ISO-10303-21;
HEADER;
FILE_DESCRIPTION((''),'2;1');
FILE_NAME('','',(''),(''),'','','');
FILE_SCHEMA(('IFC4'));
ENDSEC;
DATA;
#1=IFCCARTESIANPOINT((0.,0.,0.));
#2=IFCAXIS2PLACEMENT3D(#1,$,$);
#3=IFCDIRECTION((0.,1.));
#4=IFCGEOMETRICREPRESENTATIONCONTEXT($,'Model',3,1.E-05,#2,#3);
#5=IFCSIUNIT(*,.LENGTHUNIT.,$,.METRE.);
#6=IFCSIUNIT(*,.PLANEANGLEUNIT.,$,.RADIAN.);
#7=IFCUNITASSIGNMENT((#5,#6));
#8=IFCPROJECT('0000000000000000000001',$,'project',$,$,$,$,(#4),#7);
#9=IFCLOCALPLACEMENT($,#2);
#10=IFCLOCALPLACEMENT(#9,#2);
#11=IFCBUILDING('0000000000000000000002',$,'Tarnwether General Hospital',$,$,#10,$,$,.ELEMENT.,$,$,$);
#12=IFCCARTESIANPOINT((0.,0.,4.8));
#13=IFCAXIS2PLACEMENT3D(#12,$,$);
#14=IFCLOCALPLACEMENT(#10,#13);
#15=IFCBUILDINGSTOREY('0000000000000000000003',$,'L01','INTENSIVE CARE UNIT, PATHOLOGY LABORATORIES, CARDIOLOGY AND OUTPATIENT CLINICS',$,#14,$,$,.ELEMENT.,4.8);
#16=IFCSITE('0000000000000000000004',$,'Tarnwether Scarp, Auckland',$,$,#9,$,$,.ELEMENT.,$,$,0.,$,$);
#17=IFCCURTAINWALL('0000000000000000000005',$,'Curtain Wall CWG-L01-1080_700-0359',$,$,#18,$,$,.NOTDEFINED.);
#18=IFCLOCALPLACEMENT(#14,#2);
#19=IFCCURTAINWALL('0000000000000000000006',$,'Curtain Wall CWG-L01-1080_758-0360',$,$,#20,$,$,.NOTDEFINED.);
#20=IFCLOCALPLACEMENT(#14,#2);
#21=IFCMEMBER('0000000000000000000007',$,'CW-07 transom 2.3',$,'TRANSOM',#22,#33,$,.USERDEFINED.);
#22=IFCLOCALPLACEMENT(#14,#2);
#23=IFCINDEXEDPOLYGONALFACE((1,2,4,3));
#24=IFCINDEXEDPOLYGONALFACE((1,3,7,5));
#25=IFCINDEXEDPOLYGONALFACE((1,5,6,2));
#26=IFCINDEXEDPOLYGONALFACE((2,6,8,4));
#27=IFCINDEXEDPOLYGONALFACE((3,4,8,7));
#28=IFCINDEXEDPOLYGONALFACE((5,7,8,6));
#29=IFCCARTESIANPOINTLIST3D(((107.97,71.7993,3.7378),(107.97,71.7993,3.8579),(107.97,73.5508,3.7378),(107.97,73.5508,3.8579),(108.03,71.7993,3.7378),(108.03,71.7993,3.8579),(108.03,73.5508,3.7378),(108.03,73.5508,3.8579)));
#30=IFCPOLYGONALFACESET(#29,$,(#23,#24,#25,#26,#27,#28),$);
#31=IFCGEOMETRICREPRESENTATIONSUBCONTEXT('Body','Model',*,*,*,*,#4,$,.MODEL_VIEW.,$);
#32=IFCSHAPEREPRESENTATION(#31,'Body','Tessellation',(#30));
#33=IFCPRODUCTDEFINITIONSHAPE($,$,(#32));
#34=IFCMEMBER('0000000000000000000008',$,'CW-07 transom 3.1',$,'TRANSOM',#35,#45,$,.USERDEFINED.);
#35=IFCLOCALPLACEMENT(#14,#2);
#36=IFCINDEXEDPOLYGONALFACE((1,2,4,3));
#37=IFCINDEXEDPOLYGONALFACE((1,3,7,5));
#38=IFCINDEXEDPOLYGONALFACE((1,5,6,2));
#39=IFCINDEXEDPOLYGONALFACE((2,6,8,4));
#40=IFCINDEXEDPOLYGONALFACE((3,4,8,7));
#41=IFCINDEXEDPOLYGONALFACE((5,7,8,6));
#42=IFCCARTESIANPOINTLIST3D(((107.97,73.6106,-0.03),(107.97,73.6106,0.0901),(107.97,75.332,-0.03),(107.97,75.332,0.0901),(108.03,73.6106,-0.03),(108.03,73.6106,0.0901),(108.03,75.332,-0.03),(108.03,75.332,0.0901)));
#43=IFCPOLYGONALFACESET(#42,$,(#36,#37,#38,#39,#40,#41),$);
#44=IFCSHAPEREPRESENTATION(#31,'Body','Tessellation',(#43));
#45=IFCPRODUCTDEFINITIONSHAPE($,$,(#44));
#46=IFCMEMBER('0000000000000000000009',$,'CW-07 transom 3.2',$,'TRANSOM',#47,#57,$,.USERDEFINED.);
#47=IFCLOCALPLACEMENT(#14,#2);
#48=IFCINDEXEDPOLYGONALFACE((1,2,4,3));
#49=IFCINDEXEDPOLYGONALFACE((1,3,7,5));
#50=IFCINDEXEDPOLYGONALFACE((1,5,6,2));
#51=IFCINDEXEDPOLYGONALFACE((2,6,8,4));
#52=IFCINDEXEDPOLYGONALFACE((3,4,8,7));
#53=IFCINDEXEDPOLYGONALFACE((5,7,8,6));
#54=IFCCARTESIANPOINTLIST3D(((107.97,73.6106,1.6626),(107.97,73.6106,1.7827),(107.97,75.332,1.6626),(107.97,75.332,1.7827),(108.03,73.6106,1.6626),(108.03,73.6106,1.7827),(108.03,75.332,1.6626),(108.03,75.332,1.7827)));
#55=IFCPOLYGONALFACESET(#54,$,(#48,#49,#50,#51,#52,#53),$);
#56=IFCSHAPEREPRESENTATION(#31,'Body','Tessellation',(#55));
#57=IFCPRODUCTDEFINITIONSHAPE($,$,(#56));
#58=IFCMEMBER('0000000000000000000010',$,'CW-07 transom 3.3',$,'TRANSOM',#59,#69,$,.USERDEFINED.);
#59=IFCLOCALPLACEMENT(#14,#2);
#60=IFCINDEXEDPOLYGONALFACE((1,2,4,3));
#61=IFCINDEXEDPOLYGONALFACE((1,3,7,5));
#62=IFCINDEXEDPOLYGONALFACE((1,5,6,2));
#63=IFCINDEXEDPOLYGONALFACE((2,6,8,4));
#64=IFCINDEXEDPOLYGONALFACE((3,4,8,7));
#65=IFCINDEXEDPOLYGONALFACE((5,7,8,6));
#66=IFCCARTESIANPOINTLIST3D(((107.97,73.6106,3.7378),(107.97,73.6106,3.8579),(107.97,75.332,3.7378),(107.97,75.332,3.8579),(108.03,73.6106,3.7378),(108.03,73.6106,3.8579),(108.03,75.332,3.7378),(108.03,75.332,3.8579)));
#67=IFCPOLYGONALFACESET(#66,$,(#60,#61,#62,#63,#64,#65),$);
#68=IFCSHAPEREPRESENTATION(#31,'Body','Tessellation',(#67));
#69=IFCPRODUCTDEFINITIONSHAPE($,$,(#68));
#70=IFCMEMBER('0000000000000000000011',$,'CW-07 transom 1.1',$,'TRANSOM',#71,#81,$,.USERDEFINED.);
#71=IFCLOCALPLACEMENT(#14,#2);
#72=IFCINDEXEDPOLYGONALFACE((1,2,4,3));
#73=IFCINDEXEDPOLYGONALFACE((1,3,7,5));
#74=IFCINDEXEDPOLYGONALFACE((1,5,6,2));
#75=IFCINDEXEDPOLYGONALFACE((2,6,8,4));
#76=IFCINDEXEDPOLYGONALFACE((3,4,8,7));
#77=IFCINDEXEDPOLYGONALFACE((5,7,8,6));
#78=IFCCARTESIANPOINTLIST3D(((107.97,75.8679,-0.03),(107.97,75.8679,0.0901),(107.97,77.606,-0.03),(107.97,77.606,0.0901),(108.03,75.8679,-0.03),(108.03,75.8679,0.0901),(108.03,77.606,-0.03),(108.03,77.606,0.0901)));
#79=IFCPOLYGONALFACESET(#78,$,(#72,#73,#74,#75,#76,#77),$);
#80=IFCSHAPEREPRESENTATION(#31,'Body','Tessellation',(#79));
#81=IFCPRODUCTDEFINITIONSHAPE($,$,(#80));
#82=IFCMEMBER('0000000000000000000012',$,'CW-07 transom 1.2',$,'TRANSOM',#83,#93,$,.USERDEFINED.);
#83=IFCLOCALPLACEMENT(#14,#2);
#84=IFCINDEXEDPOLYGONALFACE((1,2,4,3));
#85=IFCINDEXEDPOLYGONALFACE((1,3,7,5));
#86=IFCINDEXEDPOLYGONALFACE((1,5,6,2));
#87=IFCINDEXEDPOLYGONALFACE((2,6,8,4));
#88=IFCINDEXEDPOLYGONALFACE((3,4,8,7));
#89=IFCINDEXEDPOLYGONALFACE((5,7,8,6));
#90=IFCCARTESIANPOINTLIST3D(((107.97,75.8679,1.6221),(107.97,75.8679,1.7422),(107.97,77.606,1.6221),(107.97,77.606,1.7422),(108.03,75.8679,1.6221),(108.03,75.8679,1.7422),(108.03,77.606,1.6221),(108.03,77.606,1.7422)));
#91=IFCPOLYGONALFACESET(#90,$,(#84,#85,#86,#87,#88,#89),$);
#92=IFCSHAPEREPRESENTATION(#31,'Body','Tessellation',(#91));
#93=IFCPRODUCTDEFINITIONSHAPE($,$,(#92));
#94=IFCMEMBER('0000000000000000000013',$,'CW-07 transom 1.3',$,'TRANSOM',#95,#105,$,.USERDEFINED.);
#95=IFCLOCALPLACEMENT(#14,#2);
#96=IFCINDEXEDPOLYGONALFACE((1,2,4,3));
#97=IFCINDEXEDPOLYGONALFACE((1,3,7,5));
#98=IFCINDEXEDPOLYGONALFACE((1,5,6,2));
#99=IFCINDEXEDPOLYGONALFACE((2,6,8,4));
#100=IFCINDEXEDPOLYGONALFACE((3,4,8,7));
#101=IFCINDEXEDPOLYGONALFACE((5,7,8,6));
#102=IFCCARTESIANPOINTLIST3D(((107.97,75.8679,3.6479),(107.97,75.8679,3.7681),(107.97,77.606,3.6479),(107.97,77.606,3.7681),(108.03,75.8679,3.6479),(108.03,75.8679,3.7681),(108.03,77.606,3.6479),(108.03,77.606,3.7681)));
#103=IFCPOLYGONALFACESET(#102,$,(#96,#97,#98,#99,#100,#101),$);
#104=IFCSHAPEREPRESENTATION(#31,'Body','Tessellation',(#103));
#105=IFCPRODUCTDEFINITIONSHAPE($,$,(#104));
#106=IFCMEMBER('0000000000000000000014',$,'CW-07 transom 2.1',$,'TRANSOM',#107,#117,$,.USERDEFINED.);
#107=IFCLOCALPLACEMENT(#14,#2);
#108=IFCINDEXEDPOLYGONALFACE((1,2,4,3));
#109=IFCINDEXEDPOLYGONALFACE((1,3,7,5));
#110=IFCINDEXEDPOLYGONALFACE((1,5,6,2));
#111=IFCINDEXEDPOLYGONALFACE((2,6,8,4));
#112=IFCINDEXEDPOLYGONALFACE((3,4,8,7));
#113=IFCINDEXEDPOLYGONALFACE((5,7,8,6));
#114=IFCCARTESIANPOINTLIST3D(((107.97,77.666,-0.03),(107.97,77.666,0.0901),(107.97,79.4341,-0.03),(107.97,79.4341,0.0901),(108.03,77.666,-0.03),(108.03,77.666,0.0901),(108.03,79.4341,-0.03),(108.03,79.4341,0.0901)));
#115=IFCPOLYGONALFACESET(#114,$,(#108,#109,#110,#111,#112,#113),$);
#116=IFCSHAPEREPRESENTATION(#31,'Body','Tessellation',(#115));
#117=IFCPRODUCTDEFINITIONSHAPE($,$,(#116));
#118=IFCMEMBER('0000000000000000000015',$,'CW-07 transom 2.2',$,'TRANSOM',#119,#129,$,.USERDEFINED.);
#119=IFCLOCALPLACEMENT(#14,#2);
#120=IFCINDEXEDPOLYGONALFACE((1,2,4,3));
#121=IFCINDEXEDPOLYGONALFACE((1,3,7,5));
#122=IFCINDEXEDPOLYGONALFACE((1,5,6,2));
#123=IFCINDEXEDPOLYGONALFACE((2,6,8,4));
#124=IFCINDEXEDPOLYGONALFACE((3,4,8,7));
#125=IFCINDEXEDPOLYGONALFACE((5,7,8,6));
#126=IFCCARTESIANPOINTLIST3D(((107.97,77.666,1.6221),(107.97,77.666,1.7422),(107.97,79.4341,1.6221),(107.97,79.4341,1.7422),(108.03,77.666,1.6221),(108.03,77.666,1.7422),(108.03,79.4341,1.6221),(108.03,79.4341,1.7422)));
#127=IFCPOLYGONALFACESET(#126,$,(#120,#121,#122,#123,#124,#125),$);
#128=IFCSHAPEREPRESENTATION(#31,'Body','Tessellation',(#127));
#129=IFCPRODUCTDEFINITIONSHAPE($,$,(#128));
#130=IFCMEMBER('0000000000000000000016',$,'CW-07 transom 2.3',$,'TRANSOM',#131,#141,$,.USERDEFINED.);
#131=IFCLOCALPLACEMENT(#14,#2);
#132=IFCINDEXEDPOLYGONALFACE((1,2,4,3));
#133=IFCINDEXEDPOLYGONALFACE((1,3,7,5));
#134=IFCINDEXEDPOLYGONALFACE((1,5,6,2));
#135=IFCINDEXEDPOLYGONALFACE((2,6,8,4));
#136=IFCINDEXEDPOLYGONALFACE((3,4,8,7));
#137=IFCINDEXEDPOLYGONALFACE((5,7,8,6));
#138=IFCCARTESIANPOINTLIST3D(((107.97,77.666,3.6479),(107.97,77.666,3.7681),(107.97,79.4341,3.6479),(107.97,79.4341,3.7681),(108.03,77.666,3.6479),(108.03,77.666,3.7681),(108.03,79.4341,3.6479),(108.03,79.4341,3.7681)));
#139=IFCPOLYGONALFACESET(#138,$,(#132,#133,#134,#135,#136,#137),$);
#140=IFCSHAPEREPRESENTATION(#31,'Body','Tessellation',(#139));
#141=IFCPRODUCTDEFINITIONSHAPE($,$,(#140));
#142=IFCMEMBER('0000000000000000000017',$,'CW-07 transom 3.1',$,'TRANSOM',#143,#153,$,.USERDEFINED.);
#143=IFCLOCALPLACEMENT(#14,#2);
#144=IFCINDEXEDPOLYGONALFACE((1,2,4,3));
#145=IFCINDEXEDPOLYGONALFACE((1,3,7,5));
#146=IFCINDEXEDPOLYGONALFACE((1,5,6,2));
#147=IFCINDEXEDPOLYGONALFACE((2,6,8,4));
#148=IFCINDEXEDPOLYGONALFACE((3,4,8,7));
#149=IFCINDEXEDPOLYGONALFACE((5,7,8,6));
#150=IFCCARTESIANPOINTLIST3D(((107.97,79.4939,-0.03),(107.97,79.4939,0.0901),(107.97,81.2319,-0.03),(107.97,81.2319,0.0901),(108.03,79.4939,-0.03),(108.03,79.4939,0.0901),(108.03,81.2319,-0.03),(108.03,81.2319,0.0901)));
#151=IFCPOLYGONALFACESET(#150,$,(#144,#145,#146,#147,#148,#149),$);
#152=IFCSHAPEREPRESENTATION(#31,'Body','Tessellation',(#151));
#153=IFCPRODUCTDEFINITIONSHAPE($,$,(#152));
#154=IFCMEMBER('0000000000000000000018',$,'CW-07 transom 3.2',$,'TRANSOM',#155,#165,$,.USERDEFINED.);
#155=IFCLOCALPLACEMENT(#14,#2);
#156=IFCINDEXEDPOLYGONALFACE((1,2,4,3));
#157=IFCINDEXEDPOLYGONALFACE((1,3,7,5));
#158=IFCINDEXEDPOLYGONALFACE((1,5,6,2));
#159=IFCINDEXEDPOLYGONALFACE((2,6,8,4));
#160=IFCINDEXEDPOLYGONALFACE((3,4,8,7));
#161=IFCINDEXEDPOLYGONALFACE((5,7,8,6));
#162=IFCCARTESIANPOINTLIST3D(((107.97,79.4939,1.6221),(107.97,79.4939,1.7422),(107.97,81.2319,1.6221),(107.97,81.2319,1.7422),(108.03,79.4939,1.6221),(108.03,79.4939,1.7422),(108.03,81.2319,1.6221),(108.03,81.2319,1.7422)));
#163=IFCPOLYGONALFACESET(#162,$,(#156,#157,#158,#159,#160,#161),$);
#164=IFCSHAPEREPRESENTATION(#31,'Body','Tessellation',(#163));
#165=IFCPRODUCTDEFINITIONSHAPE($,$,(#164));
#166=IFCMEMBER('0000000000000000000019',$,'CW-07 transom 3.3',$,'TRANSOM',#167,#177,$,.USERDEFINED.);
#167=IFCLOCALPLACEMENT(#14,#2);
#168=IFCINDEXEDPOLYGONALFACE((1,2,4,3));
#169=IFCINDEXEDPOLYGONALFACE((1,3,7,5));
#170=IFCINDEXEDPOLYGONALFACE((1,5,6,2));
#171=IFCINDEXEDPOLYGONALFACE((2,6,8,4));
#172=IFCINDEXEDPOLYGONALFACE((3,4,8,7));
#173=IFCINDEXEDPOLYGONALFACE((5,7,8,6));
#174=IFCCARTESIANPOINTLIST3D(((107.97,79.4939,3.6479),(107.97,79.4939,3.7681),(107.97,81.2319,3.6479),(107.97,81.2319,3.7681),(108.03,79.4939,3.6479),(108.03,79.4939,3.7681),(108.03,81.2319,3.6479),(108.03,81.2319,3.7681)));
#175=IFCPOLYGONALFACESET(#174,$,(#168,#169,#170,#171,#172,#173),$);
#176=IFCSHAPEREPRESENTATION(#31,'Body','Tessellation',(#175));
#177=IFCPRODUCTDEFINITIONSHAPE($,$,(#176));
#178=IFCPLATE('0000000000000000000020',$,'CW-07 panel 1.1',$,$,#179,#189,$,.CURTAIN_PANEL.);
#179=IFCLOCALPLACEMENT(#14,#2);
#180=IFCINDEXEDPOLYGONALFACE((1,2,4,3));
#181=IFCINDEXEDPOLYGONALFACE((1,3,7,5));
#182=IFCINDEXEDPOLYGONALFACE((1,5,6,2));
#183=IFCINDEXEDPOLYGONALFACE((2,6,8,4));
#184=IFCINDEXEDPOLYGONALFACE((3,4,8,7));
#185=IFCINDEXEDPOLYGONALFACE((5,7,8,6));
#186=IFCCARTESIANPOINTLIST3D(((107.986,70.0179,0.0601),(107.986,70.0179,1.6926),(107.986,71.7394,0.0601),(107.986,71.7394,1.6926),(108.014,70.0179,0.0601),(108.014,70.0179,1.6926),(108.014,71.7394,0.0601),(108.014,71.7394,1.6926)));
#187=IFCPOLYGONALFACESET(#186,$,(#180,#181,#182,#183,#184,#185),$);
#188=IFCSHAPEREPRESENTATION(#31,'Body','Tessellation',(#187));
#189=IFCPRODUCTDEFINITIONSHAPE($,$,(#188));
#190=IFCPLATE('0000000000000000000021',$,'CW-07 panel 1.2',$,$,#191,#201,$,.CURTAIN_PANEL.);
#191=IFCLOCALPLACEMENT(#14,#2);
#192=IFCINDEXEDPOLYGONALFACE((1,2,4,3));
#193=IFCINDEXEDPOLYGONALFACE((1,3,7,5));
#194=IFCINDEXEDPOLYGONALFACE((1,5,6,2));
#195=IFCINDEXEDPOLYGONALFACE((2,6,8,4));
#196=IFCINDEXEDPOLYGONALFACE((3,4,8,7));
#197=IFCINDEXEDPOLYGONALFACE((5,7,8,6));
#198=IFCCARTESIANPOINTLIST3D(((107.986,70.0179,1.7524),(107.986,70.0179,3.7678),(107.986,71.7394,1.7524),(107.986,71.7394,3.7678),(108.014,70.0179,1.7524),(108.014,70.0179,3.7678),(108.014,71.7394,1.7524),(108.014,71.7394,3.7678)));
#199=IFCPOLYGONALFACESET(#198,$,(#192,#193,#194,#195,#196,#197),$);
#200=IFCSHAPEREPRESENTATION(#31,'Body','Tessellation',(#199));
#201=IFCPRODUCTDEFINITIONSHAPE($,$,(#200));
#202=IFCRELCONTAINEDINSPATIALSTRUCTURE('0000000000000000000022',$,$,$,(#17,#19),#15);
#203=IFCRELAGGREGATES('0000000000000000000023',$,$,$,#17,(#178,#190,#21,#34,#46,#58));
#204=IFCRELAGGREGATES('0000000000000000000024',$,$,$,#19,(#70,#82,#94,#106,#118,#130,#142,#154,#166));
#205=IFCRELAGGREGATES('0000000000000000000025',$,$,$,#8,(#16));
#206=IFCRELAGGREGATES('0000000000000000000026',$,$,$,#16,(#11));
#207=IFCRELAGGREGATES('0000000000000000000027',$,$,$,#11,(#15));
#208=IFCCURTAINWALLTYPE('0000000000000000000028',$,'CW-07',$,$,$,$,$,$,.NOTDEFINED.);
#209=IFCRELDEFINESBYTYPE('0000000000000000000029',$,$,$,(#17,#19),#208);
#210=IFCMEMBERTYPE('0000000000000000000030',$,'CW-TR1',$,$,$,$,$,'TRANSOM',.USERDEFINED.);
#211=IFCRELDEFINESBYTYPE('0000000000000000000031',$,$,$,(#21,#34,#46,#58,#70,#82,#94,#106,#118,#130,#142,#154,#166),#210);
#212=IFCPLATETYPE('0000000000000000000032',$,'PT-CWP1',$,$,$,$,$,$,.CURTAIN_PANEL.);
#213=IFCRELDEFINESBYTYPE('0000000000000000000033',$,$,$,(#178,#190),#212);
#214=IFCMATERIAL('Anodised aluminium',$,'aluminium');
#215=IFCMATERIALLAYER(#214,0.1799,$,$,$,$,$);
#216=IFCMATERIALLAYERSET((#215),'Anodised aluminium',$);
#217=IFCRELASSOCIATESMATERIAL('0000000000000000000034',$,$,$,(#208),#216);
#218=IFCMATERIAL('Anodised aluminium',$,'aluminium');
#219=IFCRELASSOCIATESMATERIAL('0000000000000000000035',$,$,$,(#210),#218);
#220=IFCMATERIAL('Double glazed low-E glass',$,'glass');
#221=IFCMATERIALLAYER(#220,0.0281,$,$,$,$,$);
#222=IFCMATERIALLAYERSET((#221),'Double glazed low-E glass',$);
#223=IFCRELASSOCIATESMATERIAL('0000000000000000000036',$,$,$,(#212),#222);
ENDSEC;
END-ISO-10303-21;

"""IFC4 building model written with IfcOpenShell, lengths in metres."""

from ifc_helpers import new_model, si_unit, direction, frame, origin, origin_2d, place, context, subcontext, project, spatial, rectangle, extrude, material, layer, layer_set, material_profile, profile_set, type_object, element, aggregate, save


model = new_model("IFC4")

# Units and contexts
model_context = context("Model", 3, precision=1e-05, world=origin(), true_north=direction((0.0, 1.0)))
body_context = subcontext(model_context, "Body", "Model", "MODEL_VIEW")
ifc_project = project(units=[si_unit("LENGTHUNIT", "METRE"), si_unit("PLANEANGLEUNIT", "RADIAN")], contexts=[model_context])

# Site, building, storey
site_placement = place(None, origin())
site = spatial("IfcSite", under=ifc_project, at=site_placement, Name="Tarnwether Scarp, Auckland", CompositionType="ELEMENT", RefElevation=0.0)
building_placement = place(site_placement, origin())
building = spatial("IfcBuilding", under=site, at=building_placement, Name="Tarnwether General Hospital", CompositionType="ELEMENT")
storey_placement = place(building_placement, frame((0.0, 0.0, 4.8)))
storey = spatial("IfcBuildingStorey", under=building, at=storey_placement, Name="L01", Description="INTENSIVE CARE UNIT, PATHOLOGY LABORATORIES, CARDIOLOGY AND OUTPATIENT CLINICS", CompositionType="ELEMENT", Elevation=4.8)

# Curtain walls
ifc_material_1 = material(Name="Anodised aluminium", Category="aluminium")
ifc_layer_1 = layer(ifc_material_1, 0.1799)
ifc_layer_set_1 = layer_set([ifc_layer_1], Name="Anodised aluminium")
curtain_wall_type = type_object("IfcCurtainWallType", Name="CW-07", PredefinedType="NOTDEFINED", material=ifc_layer_set_1)
curtain_wall_1_placement = place(storey_placement, origin())
curtain_wall_1 = element("IfcCurtainWall", 1, at=curtain_wall_1_placement, inside=storey, type_object=curtain_wall_type, Name="Curtain Wall CWG-L01-1080_700-0359", PredefinedType="NOTDEFINED")
curtain_wall_2_placement = place(storey_placement, origin())
curtain_wall_2 = element("IfcCurtainWall", 2, at=curtain_wall_2_placement, inside=storey, type_object=curtain_wall_type, Name="Curtain Wall CWG-L01-1080_758-0360", PredefinedType="NOTDEFINED")

# Members
ifc_material_2 = material(Name="Anodised aluminium", Category="aluminium")
ifc_material_profile_1 = material_profile(ifc_material_2, rectangle(XDim=0.0601, YDim=0.1201, at=origin_2d()), Name="ALU-TRN-60x120")
ifc_profile_set_1 = profile_set([ifc_material_profile_1], Name="Anodised aluminium")
member_type_1 = type_object("IfcMemberType", Name="CW-TR1", ElementType="TRANSOM", PredefinedType="USERDEFINED", material=ifc_profile_set_1)
member_1_placement = place(storey_placement, frame((108.0, 71.7993, 3.7979), z_axis=(0.0, 1.0, 0.0), x_axis=(-1.0, 0.0, 0.0)))
member_1 = element("IfcMember", 3, at=member_1_placement, type_object=member_type_1, Name="CW-07 transom 2.3", ObjectType="TRANSOM", PredefinedType="USERDEFINED", context=body_context, shape_type="SweptSolid", body=[
    extrude(rectangle(XDim=0.0601, YDim=0.1201, at=origin_2d()), origin(), (0.0, 0.0, 1.0), 1.7515),
])
member_2_placement = place(storey_placement, frame((108.0, 73.6106, 0.03), z_axis=(0.0, 1.0, 0.0), x_axis=(-1.0, 0.0, 0.0)))
member_2 = element("IfcMember", 4, at=member_2_placement, type_object=member_type_1, Name="CW-07 transom 3.1", ObjectType="TRANSOM", PredefinedType="USERDEFINED", context=body_context, shape_type="SweptSolid", body=[
    extrude(rectangle(XDim=0.0601, YDim=0.1201, at=origin_2d()), origin(), (0.0, 0.0, 1.0), 1.7214),
])
member_3_placement = place(storey_placement, frame((108.0, 73.6106, 1.7227), z_axis=(0.0, 1.0, 0.0), x_axis=(-1.0, 0.0, 0.0)))
member_3 = element("IfcMember", 5, at=member_3_placement, type_object=member_type_1, Name="CW-07 transom 3.2", ObjectType="TRANSOM", PredefinedType="USERDEFINED", context=body_context, shape_type="SweptSolid", body=[
    extrude(rectangle(XDim=0.0601, YDim=0.1201, at=origin_2d()), origin(), (0.0, 0.0, 1.0), 1.7214),
])
member_4_placement = place(storey_placement, frame((108.0, 73.6106, 3.7979), z_axis=(0.0, 1.0, 0.0), x_axis=(-1.0, 0.0, 0.0)))
member_4 = element("IfcMember", 6, at=member_4_placement, type_object=member_type_1, Name="CW-07 transom 3.3", ObjectType="TRANSOM", PredefinedType="USERDEFINED", context=body_context, shape_type="SweptSolid", body=[
    extrude(rectangle(XDim=0.0601, YDim=0.1201, at=origin_2d()), origin(), (0.0, 0.0, 1.0), 1.7214),
])
member_5_placement = place(storey_placement, frame((108.0, 75.8679, 0.03), z_axis=(0.0, 1.0, 0.0), x_axis=(-1.0, 0.0, 0.0)))
member_5 = element("IfcMember", 7, at=member_5_placement, type_object=member_type_1, Name="CW-07 transom 1.1", ObjectType="TRANSOM", PredefinedType="USERDEFINED", context=body_context, shape_type="SweptSolid", body=[
    extrude(rectangle(XDim=0.0601, YDim=0.1201, at=origin_2d()), origin(), (0.0, 0.0, 1.0), 1.738),
])
member_6_placement = place(storey_placement, frame((108.0, 75.8679, 1.6821), z_axis=(0.0, 1.0, 0.0), x_axis=(-1.0, 0.0, 0.0)))
member_6 = element("IfcMember", 8, at=member_6_placement, type_object=member_type_1, Name="CW-07 transom 1.2", ObjectType="TRANSOM", PredefinedType="USERDEFINED", context=body_context, shape_type="SweptSolid", body=[
    extrude(rectangle(XDim=0.0601, YDim=0.1201, at=origin_2d()), origin(), (0.0, 0.0, 1.0), 1.738),
])
member_7_placement = place(storey_placement, frame((108.0, 75.8679, 3.708), z_axis=(0.0, 1.0, 0.0), x_axis=(-1.0, 0.0, 0.0)))
member_7 = element("IfcMember", 9, at=member_7_placement, type_object=member_type_1, Name="CW-07 transom 1.3", ObjectType="TRANSOM", PredefinedType="USERDEFINED", context=body_context, shape_type="SweptSolid", body=[
    extrude(rectangle(XDim=0.0601, YDim=0.1201, at=origin_2d()), origin(), (0.0, 0.0, 1.0), 1.738),
])
member_8_placement = place(storey_placement, frame((108.0, 77.666, 0.03), z_axis=(0.0, 1.0, 0.0), x_axis=(-1.0, 0.0, 0.0)))
member_8 = element("IfcMember", 10, at=member_8_placement, type_object=member_type_1, Name="CW-07 transom 2.1", ObjectType="TRANSOM", PredefinedType="USERDEFINED", context=body_context, shape_type="SweptSolid", body=[
    extrude(rectangle(XDim=0.0601, YDim=0.1201, at=origin_2d()), origin(), (0.0, 0.0, 1.0), 1.7681),
])
member_9_placement = place(storey_placement, frame((108.0, 77.666, 1.6821), z_axis=(0.0, 1.0, 0.0), x_axis=(-1.0, 0.0, 0.0)))
member_9 = element("IfcMember", 11, at=member_9_placement, type_object=member_type_1, Name="CW-07 transom 2.2", ObjectType="TRANSOM", PredefinedType="USERDEFINED", context=body_context, shape_type="SweptSolid", body=[
    extrude(rectangle(XDim=0.0601, YDim=0.1201, at=origin_2d()), origin(), (0.0, 0.0, 1.0), 1.7681),
])
member_10_placement = place(storey_placement, frame((108.0, 77.666, 3.708), z_axis=(0.0, 1.0, 0.0), x_axis=(-1.0, 0.0, 0.0)))
member_10 = element("IfcMember", 12, at=member_10_placement, type_object=member_type_1, Name="CW-07 transom 2.3", ObjectType="TRANSOM", PredefinedType="USERDEFINED", context=body_context, shape_type="SweptSolid", body=[
    extrude(rectangle(XDim=0.0601, YDim=0.1201, at=origin_2d()), origin(), (0.0, 0.0, 1.0), 1.7681),
])
member_11_placement = place(storey_placement, frame((108.0, 79.4939, 0.03), z_axis=(0.0, 1.0, 0.0), x_axis=(-1.0, 0.0, 0.0)))
member_11 = element("IfcMember", 13, at=member_11_placement, type_object=member_type_1, Name="CW-07 transom 3.1", ObjectType="TRANSOM", PredefinedType="USERDEFINED", context=body_context, shape_type="SweptSolid", body=[
    extrude(rectangle(XDim=0.0601, YDim=0.1201, at=origin_2d()), origin(), (0.0, 0.0, 1.0), 1.738),
])
member_12_placement = place(storey_placement, frame((108.0, 79.4939, 1.6821), z_axis=(0.0, 1.0, 0.0), x_axis=(-1.0, 0.0, 0.0)))
member_12 = element("IfcMember", 14, at=member_12_placement, type_object=member_type_1, Name="CW-07 transom 3.2", ObjectType="TRANSOM", PredefinedType="USERDEFINED", context=body_context, shape_type="SweptSolid", body=[
    extrude(rectangle(XDim=0.0601, YDim=0.1201, at=origin_2d()), origin(), (0.0, 0.0, 1.0), 1.738),
])
member_13_placement = place(storey_placement, frame((108.0, 79.4939, 3.708), z_axis=(0.0, 1.0, 0.0), x_axis=(-1.0, 0.0, 0.0)))
member_13 = element("IfcMember", 15, at=member_13_placement, type_object=member_type_1, Name="CW-07 transom 3.3", ObjectType="TRANSOM", PredefinedType="USERDEFINED", context=body_context, shape_type="SweptSolid", body=[
    extrude(rectangle(XDim=0.0601, YDim=0.1201, at=origin_2d()), origin(), (0.0, 0.0, 1.0), 1.738),
])

# Plates
ifc_material_3 = material(Name="Double glazed low-E glass", Category="glass")
ifc_layer_2 = layer(ifc_material_3, 0.0281)
ifc_layer_set_2 = layer_set([ifc_layer_2], Name="Double glazed low-E glass")
plate_type = type_object("IfcPlateType", Name="PT-CWP1", PredefinedType="CURTAIN_PANEL", material=ifc_layer_set_2)
plate_1_placement = place(storey_placement, frame((108.0, 70.8787, 0.0601), z_axis=(0.0, 0.0, 1.0), x_axis=(0.0, 1.0, 0.0)))
plate_1 = element("IfcPlate", 16, at=plate_1_placement, type_object=plate_type, Name="CW-07 panel 1.1", PredefinedType="CURTAIN_PANEL", context=body_context, shape_type="SweptSolid", body=[
    extrude(rectangle(XDim=1.7214, YDim=0.0281, at=origin_2d()), origin(), (0.0, 0.0, 1.0), 1.6326),
])
plate_2_placement = place(storey_placement, frame((108.0, 70.8787, 1.7524), z_axis=(0.0, 0.0, 1.0), x_axis=(0.0, 1.0, 0.0)))
plate_2 = element("IfcPlate", 17, at=plate_2_placement, type_object=plate_type, Name="CW-07 panel 1.2", PredefinedType="CURTAIN_PANEL", context=body_context, shape_type="SweptSolid", body=[
    extrude(rectangle(XDim=1.7214, YDim=0.0281, at=origin_2d()), origin(), (0.0, 0.0, 1.0), 2.0154),
])
aggregate(curtain_wall_1, [plate_1, plate_2, member_1, member_2, member_3, member_4])
aggregate(curtain_wall_2, [member_5, member_6, member_7, member_8, member_9, member_10, member_11, member_12, member_13])

save(model, "model.ifc")
